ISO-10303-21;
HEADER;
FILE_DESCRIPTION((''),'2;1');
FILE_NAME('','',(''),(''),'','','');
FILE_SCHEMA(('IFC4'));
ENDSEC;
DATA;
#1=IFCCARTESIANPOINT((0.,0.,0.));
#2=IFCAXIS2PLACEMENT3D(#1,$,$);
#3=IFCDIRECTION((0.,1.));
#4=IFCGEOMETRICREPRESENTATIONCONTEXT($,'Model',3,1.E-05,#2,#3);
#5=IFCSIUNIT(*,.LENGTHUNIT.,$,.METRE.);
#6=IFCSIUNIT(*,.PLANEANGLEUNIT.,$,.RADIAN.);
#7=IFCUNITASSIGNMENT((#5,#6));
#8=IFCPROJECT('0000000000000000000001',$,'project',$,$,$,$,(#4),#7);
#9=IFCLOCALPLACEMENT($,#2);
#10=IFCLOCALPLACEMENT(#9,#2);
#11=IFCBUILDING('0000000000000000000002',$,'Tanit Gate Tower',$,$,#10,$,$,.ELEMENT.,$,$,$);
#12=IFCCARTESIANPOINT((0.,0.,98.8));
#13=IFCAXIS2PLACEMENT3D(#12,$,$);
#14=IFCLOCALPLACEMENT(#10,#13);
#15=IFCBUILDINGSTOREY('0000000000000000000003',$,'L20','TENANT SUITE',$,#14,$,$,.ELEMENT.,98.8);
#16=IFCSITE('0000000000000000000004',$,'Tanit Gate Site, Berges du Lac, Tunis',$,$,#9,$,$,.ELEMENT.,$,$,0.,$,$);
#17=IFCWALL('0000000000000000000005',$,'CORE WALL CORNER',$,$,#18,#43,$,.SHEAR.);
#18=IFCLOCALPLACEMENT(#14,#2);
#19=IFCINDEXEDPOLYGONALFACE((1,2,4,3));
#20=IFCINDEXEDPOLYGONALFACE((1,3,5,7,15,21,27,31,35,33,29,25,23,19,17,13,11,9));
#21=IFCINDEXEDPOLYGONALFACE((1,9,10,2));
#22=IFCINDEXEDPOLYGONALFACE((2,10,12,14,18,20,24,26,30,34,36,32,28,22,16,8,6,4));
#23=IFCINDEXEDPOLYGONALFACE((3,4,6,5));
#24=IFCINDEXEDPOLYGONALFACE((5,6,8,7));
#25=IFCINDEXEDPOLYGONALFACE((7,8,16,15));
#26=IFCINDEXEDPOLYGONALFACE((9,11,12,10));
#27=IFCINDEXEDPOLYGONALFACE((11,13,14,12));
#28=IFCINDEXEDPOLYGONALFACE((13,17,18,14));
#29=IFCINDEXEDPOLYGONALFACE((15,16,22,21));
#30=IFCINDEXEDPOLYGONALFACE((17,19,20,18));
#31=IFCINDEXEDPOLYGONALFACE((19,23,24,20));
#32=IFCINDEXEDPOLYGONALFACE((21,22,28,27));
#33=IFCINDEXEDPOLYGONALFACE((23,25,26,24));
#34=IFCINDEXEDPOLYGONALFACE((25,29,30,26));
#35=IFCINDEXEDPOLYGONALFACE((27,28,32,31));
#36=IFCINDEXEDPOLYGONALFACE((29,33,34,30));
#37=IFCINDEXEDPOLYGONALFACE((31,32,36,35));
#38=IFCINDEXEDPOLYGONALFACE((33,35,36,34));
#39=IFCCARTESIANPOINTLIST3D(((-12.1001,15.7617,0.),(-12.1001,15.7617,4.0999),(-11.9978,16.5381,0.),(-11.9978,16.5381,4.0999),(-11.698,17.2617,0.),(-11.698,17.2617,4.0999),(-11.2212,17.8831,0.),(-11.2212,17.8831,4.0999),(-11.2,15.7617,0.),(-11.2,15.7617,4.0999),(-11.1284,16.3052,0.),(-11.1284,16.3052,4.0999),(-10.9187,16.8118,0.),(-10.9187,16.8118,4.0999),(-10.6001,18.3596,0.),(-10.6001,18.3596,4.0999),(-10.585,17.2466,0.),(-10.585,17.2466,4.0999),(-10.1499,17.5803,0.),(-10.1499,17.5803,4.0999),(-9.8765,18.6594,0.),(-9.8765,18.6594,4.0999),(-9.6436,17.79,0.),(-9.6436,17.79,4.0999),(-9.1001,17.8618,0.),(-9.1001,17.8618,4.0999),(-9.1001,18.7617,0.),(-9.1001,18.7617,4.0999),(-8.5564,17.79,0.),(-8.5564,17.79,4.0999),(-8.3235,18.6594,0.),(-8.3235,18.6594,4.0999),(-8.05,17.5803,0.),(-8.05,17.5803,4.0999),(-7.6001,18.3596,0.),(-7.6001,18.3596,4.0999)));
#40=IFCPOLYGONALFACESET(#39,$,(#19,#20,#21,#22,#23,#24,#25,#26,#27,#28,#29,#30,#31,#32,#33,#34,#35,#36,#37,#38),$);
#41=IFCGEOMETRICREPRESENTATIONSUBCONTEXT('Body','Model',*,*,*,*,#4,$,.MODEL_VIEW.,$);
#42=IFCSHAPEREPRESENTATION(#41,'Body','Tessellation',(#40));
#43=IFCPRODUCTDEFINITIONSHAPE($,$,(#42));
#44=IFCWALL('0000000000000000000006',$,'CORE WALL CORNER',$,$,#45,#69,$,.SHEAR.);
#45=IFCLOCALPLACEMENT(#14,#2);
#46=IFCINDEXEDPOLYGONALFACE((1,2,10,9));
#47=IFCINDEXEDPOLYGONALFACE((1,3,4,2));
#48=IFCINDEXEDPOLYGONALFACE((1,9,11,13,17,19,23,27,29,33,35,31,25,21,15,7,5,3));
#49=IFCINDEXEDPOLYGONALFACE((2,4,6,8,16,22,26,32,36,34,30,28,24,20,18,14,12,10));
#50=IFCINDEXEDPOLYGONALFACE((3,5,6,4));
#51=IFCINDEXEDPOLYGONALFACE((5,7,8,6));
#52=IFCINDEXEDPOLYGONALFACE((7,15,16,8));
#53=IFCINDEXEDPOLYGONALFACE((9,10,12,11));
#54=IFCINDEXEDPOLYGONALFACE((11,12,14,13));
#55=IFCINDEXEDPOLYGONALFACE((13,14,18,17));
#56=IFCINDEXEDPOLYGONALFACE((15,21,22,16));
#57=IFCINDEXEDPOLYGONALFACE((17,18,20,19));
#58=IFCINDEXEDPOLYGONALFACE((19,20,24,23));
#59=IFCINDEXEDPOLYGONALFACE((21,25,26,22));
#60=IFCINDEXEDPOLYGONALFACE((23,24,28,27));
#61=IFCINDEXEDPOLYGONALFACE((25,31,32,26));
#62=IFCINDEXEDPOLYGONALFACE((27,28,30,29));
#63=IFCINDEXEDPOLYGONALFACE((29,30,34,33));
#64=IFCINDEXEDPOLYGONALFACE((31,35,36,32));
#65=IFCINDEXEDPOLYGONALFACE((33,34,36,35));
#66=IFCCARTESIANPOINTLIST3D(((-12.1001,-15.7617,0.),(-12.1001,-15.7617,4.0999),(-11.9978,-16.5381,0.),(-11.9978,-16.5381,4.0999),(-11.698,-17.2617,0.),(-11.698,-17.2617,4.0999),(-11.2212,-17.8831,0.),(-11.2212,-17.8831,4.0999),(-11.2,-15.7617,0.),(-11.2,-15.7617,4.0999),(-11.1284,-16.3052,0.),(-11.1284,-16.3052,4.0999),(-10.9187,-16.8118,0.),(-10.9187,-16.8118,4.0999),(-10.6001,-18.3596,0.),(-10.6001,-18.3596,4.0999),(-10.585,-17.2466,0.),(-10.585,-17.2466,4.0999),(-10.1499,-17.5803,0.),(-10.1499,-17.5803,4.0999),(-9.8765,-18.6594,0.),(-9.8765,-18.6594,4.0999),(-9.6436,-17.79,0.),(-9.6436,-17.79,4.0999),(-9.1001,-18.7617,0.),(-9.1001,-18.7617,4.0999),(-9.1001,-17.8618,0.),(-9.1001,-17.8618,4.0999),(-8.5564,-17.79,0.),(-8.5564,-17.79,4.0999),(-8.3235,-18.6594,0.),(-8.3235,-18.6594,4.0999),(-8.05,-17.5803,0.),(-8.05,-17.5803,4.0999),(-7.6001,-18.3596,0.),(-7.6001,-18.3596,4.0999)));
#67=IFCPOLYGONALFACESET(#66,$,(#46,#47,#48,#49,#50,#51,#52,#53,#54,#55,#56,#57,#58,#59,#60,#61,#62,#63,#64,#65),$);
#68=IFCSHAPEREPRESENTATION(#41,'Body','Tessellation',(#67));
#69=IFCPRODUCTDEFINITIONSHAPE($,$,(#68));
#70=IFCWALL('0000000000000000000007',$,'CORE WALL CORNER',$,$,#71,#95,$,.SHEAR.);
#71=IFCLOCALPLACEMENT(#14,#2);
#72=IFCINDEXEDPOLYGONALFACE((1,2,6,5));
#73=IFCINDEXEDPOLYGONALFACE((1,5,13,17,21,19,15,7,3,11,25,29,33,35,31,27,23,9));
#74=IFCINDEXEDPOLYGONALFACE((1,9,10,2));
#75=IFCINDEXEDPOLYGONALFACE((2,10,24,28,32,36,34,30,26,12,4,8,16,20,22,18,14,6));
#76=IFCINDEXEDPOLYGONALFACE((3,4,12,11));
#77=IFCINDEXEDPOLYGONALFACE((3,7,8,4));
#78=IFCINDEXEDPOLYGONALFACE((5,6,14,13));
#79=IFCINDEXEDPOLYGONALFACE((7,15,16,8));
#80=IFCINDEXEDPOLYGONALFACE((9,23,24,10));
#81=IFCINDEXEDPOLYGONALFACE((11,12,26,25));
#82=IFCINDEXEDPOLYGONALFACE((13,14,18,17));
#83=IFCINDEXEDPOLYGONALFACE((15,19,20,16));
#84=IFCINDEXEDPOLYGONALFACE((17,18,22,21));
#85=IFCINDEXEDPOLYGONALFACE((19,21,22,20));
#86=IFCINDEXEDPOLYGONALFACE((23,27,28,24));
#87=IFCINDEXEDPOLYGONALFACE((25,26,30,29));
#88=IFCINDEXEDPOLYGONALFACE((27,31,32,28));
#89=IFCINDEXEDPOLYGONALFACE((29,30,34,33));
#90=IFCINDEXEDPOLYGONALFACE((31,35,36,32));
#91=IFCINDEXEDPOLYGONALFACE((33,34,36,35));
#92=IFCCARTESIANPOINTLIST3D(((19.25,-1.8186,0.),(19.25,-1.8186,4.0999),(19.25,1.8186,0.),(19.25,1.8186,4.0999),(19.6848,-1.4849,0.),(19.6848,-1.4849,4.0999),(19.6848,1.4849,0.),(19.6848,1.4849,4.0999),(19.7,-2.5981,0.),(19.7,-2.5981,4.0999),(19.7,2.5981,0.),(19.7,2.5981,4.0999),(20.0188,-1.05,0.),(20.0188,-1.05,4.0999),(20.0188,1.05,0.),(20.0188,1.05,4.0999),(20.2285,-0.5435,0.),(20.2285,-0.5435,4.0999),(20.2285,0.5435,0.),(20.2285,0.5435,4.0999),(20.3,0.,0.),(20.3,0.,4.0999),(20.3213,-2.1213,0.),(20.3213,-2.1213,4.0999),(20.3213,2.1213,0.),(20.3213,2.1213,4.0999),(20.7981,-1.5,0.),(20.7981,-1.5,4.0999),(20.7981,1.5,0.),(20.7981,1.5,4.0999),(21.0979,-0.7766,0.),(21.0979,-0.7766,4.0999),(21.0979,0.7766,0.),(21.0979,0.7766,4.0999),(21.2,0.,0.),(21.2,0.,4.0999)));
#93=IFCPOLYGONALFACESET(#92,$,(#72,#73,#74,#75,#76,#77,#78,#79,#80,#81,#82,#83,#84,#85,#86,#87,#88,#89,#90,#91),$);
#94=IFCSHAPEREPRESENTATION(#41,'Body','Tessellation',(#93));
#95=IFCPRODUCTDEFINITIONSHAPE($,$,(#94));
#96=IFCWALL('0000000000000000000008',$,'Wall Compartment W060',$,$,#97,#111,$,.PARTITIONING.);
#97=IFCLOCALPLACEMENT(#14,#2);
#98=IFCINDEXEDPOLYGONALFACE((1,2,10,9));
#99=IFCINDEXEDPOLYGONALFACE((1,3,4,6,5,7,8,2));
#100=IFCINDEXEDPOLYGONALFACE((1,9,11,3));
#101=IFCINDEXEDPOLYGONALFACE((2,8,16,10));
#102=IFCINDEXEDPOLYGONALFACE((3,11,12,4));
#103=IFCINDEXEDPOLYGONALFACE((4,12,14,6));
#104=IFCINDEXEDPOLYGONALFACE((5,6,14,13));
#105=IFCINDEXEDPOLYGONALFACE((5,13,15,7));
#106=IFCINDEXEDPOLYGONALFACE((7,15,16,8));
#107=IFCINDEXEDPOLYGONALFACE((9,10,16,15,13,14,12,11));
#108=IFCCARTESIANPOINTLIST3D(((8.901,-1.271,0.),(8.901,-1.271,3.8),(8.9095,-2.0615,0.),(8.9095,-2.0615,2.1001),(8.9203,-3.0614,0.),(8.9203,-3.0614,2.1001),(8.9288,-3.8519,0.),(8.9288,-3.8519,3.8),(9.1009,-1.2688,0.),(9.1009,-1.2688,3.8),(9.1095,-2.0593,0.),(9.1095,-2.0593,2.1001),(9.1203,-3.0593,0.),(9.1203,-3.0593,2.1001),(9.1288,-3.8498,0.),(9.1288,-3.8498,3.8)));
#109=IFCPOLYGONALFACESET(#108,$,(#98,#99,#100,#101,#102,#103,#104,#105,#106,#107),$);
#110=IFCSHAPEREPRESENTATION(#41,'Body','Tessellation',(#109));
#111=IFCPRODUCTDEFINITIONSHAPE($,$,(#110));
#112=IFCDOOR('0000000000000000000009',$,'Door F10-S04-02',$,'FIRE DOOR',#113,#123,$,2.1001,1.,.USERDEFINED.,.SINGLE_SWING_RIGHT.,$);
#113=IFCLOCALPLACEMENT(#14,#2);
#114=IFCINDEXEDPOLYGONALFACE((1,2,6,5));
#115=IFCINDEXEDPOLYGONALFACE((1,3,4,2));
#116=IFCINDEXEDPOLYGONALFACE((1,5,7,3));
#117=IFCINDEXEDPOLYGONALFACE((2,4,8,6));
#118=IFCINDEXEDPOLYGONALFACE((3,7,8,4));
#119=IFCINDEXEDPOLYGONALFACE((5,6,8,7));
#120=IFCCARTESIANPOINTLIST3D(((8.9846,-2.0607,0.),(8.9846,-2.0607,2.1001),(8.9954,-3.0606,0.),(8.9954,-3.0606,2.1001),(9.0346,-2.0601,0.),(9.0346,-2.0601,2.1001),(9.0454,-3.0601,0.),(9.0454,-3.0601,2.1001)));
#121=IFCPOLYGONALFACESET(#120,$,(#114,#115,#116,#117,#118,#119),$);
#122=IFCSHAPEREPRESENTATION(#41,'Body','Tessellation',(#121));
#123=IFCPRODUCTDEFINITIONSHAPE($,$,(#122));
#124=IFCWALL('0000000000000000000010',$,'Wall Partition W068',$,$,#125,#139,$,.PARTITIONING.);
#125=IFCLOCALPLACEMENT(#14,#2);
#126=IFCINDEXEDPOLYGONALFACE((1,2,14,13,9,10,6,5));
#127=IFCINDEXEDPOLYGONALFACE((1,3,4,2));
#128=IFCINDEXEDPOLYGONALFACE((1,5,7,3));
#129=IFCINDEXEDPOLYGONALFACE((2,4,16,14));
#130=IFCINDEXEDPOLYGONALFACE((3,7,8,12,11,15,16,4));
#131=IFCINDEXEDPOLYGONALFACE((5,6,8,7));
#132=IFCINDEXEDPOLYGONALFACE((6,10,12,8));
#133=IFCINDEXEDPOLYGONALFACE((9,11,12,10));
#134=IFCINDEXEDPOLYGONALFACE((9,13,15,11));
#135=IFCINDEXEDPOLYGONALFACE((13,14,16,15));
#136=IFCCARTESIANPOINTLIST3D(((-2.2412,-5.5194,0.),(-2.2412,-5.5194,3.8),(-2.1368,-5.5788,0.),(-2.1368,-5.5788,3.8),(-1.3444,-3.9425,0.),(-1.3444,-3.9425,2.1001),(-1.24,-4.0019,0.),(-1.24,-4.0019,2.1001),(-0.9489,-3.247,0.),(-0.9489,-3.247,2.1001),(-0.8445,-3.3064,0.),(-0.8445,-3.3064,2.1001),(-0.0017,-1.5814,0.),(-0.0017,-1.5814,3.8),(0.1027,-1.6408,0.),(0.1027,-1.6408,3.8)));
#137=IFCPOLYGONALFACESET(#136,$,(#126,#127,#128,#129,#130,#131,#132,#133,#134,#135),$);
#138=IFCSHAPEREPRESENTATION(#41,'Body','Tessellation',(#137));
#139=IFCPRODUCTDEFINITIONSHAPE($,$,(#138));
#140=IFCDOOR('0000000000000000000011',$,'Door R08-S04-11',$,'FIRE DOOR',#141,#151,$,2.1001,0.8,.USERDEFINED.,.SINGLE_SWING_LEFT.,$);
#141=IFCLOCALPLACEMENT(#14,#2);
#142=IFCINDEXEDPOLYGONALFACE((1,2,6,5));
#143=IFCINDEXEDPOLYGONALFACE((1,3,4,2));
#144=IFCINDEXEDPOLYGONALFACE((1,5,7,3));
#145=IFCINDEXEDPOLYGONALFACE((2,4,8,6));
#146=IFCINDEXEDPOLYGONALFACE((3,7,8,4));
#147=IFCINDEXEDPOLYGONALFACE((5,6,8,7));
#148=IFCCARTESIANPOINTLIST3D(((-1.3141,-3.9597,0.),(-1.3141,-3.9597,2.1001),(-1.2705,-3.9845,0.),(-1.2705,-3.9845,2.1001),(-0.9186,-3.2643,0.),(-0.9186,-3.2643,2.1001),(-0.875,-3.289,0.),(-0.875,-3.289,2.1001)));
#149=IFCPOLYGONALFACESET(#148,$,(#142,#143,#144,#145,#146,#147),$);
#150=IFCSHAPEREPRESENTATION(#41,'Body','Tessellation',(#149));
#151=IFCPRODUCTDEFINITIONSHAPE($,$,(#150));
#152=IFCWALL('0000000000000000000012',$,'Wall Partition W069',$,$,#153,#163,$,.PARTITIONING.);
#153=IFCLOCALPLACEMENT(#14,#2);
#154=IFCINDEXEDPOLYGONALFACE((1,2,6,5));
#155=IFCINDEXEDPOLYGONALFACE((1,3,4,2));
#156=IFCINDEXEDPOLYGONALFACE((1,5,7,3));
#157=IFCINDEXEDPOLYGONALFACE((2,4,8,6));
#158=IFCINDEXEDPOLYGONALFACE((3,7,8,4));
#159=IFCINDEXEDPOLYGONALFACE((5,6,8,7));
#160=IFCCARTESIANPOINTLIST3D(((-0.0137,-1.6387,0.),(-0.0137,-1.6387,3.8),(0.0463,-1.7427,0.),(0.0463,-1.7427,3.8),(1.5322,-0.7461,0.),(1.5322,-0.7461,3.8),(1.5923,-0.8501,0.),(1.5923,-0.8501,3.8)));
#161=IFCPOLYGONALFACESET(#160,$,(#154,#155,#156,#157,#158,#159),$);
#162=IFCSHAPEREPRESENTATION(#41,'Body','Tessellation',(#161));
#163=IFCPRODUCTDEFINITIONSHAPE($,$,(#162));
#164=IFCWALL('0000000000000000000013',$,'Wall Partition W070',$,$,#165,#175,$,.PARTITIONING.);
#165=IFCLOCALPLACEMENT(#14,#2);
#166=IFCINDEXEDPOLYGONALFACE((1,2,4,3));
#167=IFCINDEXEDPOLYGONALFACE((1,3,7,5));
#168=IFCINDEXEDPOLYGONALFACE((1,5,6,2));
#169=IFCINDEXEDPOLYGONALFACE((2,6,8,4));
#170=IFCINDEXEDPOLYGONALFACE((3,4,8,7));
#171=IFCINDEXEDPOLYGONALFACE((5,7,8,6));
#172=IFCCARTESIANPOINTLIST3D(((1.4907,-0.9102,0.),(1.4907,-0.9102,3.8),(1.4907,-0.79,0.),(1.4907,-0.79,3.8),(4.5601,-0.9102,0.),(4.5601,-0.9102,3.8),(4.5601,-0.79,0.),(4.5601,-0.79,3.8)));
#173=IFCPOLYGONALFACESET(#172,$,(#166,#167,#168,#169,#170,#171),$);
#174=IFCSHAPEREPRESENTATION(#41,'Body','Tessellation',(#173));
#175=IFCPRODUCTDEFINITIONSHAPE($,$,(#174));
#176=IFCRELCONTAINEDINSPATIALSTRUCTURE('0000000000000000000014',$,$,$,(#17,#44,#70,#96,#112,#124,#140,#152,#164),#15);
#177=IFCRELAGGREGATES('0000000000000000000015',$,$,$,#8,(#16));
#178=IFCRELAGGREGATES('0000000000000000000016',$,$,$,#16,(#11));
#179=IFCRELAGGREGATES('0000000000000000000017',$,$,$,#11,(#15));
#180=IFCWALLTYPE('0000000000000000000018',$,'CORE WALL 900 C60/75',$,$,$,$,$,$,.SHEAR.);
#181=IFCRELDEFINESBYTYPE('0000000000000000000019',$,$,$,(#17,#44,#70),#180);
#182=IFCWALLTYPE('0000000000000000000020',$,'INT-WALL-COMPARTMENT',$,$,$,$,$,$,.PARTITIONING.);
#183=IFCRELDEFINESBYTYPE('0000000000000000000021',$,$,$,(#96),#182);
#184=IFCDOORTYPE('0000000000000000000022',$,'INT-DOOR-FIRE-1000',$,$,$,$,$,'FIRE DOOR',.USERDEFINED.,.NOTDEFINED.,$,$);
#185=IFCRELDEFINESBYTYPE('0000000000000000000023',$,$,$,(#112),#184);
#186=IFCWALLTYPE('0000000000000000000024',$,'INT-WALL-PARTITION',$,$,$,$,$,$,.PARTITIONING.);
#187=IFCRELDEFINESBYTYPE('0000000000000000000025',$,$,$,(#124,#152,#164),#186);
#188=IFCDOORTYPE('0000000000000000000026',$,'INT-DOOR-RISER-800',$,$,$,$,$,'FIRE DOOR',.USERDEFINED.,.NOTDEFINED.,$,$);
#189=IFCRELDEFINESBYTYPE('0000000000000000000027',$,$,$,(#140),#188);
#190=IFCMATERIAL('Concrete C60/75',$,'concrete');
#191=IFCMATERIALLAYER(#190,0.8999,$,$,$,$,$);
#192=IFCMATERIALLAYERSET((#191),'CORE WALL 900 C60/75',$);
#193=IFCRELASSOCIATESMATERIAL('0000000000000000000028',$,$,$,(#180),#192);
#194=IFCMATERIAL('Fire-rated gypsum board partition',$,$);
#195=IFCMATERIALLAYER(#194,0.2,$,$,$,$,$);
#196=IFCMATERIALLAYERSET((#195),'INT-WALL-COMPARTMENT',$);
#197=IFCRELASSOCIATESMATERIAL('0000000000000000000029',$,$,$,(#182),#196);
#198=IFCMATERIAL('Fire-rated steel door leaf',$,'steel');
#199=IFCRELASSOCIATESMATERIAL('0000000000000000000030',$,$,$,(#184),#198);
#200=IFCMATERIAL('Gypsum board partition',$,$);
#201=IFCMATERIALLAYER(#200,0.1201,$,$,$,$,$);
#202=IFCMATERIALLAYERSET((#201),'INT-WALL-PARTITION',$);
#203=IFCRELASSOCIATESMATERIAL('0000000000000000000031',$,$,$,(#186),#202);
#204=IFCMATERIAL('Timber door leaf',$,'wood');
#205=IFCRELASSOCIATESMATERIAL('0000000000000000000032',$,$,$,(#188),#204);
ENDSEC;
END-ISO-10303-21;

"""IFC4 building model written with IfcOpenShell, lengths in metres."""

from ifc_helpers import new_model, si_unit, direction, frame, frame_2d, origin, place, context, subcontext, project, spatial, polyline, rectangle, outline, extrude, material, layer, layer_set, type_object, element, fill, save


model = new_model("IFC4")

# Units and contexts
model_context = context("Model", 3, precision=1e-05, world=origin(), true_north=direction((0.0, 1.0)))
body_context = subcontext(model_context, "Body", "Model", "MODEL_VIEW")
ifc_project = project(units=[si_unit("LENGTHUNIT", "METRE"), si_unit("PLANEANGLEUNIT", "RADIAN")], contexts=[model_context])

# Site, building, storey
site_placement = place(None, origin())
site = spatial("IfcSite", under=ifc_project, at=site_placement, Name="Tanit Gate Site, Berges du Lac, Tunis", CompositionType="ELEMENT", RefElevation=0.0)
building_placement = place(site_placement, origin())
building = spatial("IfcBuilding", under=site, at=building_placement, Name="Tanit Gate Tower", CompositionType="ELEMENT")
storey_placement = place(building_placement, frame((0.0, 0.0, 98.8)))
storey = spatial("IfcBuildingStorey", under=building, at=storey_placement, Name="L20", Description="TENANT SUITE", CompositionType="ELEMENT", Elevation=98.8)

# Walls
ifc_material_1 = material(Name="Concrete C60/75", Category="concrete")
ifc_layer_1 = layer(ifc_material_1, 0.8999)
ifc_layer_set_1 = layer_set([ifc_layer_1], Name="CORE WALL 900 C60/75")
wall_type_1 = type_object("IfcWallType", Name="CORE WALL 900 C60/75", PredefinedType="SHEAR", material=ifc_layer_set_1)
wall_1_placement = place(storey_placement, origin())
element("IfcWall", 1, at=wall_1_placement, inside=storey, type_object=wall_type_1, Name="CORE WALL CORNER", PredefinedType="SHEAR", context=body_context, shape_type="SweptSolid", body=[
    extrude(outline(polyline([(-7.6001, 18.3596), (-8.3235, 18.6594), (-9.1001, 18.7617), (-9.8765, 18.6594), (-10.6001, 18.3596), (-11.2212, 17.8831), (-11.698, 17.2617), (-11.9978, 16.5381), (-12.1001, 15.7617), (-11.2, 15.7617), (-11.1284, 16.3052), (-10.9187, 16.8118), (-10.585, 17.2466), (-10.1499, 17.5803), (-9.6436, 17.79), (-9.1001, 17.8618), (-8.5564, 17.79), (-8.05, 17.5803), (-7.6001, 18.3596)])), origin(), (0.0, 0.0, 1.0), 4.0999),
])
wall_2_placement = place(storey_placement, origin())
element("IfcWall", 2, at=wall_2_placement, inside=storey, type_object=wall_type_1, Name="CORE WALL CORNER", PredefinedType="SHEAR", context=body_context, shape_type="SweptSolid", body=[
    extrude(outline(polyline([(-12.1001, -15.7617), (-11.9978, -16.5381), (-11.698, -17.2617), (-11.2212, -17.8831), (-10.6001, -18.3596), (-9.8765, -18.6594), (-9.1001, -18.7617), (-8.3235, -18.6594), (-7.6001, -18.3596), (-8.05, -17.5803), (-8.5564, -17.79), (-9.1001, -17.8618), (-9.6436, -17.79), (-10.1499, -17.5803), (-10.585, -17.2466), (-10.9187, -16.8118), (-11.1284, -16.3052), (-11.2, -15.7617), (-12.1001, -15.7617)])), origin(), (0.0, 0.0, 1.0), 4.0999),
])
wall_3_placement = place(storey_placement, origin())
element("IfcWall", 3, at=wall_3_placement, inside=storey, type_object=wall_type_1, Name="CORE WALL CORNER", PredefinedType="SHEAR", context=body_context, shape_type="SweptSolid", body=[
    extrude(outline(polyline([(19.7, -2.5981), (20.3213, -2.1213), (20.7981, -1.5), (21.0979, -0.7766), (21.2, 0.0), (21.0979, 0.7766), (20.7981, 1.5), (20.3213, 2.1213), (19.7, 2.5981), (19.25, 1.8186), (19.6848, 1.4849), (20.0188, 1.05), (20.2285, 0.5435), (20.3, 0.0), (20.2285, -0.5435), (20.0188, -1.05), (19.6848, -1.4849), (19.25, -1.8186), (19.7, -2.5981)])), origin(), (0.0, 0.0, 1.0), 4.0999),
])

# Walls, openings, doors
ifc_material_2 = material(Name="Fire-rated gypsum board partition")
ifc_layer_2 = layer(ifc_material_2, 0.2)
ifc_layer_set_2 = layer_set([ifc_layer_2], Name="INT-WALL-COMPARTMENT")
wall_type_2 = type_object("IfcWallType", Name="INT-WALL-COMPARTMENT", PredefinedType="PARTITIONING", material=ifc_layer_set_2)
wall_4_placement = place(storey_placement, frame((9.0288, -3.8508, 0.0), z_axis=(0.0, 0.0, 1.0), x_axis=(-0.010784, 0.999942, 0.0)))
wall_4 = element("IfcWall", 4, at=wall_4_placement, inside=storey, type_object=wall_type_2, Name="Wall Compartment W060", PredefinedType="PARTITIONING", context=body_context, shape_type="SweptSolid", body=[
    extrude(rectangle(XDim=2.5811, YDim=0.2, at=frame_2d((1.2905, 0.0))), origin(), (0.0, 0.0, 1.0), 3.8),
])
opening_1_placement = place(wall_4_placement, frame((0.7905, 0.0, 0.0)))
opening_1 = element("IfcOpeningElement", 5, at=opening_1_placement, cuts=wall_4, PredefinedType="OPENING", context=body_context, shape_type="SweptSolid", body=[
    extrude(rectangle(XDim=1.0, YDim=2.1001, at=frame_2d((0.5, 1.05))), frame((0.0, 0.1099, 0.0), z_axis=(0.0, -1.0, 0.0), x_axis=(1.0, 0.0, 0.0)), (0.0, 0.0, 1.0), 0.22),
])
ifc_material_3 = material(Name="Fire-rated steel door leaf", Category="steel")
door_type_1 = type_object("IfcDoorType", Name="INT-DOOR-FIRE-1000", ElementType="FIRE DOOR", OperationType="NOTDEFINED", PredefinedType="USERDEFINED", material=ifc_material_3)
door_1_placement = place(opening_1_placement, origin())
door_1 = element("IfcDoor", 6, at=door_1_placement, inside=storey, type_object=door_type_1, Name="Door F10-S04-02", ObjectType="FIRE DOOR", OperationType="SINGLE_SWING_RIGHT", OverallHeight=2.1001, OverallWidth=1.0, PredefinedType="USERDEFINED", context=body_context, shape_type="SweptSolid", body=[
    extrude(rectangle(XDim=1.0, YDim=2.1001, at=frame_2d((0.5, 1.05))), frame((0.0, 0.0249, 0.0), z_axis=(0.0, -1.0, 0.0), x_axis=(1.0, 0.0, 0.0)), (0.0, 0.0, 1.0), 0.05),
])
fill(opening_1, door_1)
ifc_material_4 = material(Name="Gypsum board partition")
ifc_layer_3 = layer(ifc_material_4, 0.1201)
ifc_layer_set_3 = layer_set([ifc_layer_3], Name="INT-WALL-PARTITION")
wall_type_3 = type_object("IfcWallType", Name="INT-WALL-PARTITION", PredefinedType="PARTITIONING", material=ifc_layer_set_3)
wall_5_placement = place(storey_placement, frame((0.0505, -1.6111, 0.0), z_axis=(0.0, 0.0, 1.0), x_axis=(-0.494345, -0.869266, 0.0)))
wall_5 = element("IfcWall", 7, at=wall_5_placement, inside=storey, type_object=wall_type_3, Name="Wall Partition W068", PredefinedType="PARTITIONING", context=body_context, shape_type="SweptSolid", body=[
    extrude(rectangle(XDim=4.5303, YDim=0.1201, at=frame_2d((2.2651, 0.0))), origin(), (0.0, 0.0, 1.0), 3.8),
])
opening_2_placement = place(wall_5_placement, frame((1.9163, 0.0, 0.0)))
opening_2 = element("IfcOpeningElement", 8, at=opening_2_placement, cuts=wall_5, PredefinedType="OPENING", context=body_context, shape_type="SweptSolid", body=[
    extrude(rectangle(XDim=0.8, YDim=2.1001, at=frame_2d((0.3999, 1.05))), frame((0.0, 0.0701, 0.0), z_axis=(0.0, -1.0, 0.0), x_axis=(1.0, 0.0, 0.0)), (0.0, 0.0, 1.0), 0.1401),
])
ifc_material_5 = material(Name="Timber door leaf", Category="wood")
door_type_2 = type_object("IfcDoorType", Name="INT-DOOR-RISER-800", ElementType="FIRE DOOR", OperationType="NOTDEFINED", PredefinedType="USERDEFINED", material=ifc_material_5)
door_2_placement = place(opening_2_placement, origin())
door_2 = element("IfcDoor", 9, at=door_2_placement, inside=storey, type_object=door_type_2, Name="Door R08-S04-11", ObjectType="FIRE DOOR", OperationType="SINGLE_SWING_LEFT", OverallHeight=2.1001, OverallWidth=0.8, PredefinedType="USERDEFINED", context=body_context, shape_type="SweptSolid", body=[
    extrude(rectangle(XDim=0.8, YDim=2.1001, at=frame_2d((0.3999, 1.05))), frame((0.0, 0.0249, 0.0), z_axis=(0.0, -1.0, 0.0), x_axis=(1.0, 0.0, 0.0)), (0.0, 0.0, 1.0), 0.05),
])
fill(opening_2, door_2)

# Walls
wall_6_placement = place(storey_placement, frame((1.5623, -0.7981, 0.0), z_axis=(0.0, 0.0, 1.0), x_axis=(-0.866012, -0.500022, 0.0)))
element("IfcWall", 10, at=wall_6_placement, inside=storey, type_object=wall_type_3, Name="Wall Partition W069", PredefinedType="PARTITIONING", context=body_context, shape_type="SweptSolid", body=[
    extrude(rectangle(XDim=1.7852, YDim=0.1201, at=frame_2d((0.8926, 0.0))), origin(), (0.0, 0.0, 1.0), 3.8),
])
wall_7_placement = place(storey_placement, frame((4.5601, -0.8501, 0.0), z_axis=(0.0, 0.0, 1.0), x_axis=(-1.0, 0.0, 0.0)))
element("IfcWall", 11, at=wall_7_placement, inside=storey, type_object=wall_type_3, Name="Wall Partition W070", PredefinedType="PARTITIONING", context=body_context, shape_type="SweptSolid", body=[
    extrude(rectangle(XDim=3.0693, YDim=0.1201, at=frame_2d((1.5347, 0.0))), origin(), (0.0, 0.0, 1.0), 3.8),
])

save(model, "model.ifc")
